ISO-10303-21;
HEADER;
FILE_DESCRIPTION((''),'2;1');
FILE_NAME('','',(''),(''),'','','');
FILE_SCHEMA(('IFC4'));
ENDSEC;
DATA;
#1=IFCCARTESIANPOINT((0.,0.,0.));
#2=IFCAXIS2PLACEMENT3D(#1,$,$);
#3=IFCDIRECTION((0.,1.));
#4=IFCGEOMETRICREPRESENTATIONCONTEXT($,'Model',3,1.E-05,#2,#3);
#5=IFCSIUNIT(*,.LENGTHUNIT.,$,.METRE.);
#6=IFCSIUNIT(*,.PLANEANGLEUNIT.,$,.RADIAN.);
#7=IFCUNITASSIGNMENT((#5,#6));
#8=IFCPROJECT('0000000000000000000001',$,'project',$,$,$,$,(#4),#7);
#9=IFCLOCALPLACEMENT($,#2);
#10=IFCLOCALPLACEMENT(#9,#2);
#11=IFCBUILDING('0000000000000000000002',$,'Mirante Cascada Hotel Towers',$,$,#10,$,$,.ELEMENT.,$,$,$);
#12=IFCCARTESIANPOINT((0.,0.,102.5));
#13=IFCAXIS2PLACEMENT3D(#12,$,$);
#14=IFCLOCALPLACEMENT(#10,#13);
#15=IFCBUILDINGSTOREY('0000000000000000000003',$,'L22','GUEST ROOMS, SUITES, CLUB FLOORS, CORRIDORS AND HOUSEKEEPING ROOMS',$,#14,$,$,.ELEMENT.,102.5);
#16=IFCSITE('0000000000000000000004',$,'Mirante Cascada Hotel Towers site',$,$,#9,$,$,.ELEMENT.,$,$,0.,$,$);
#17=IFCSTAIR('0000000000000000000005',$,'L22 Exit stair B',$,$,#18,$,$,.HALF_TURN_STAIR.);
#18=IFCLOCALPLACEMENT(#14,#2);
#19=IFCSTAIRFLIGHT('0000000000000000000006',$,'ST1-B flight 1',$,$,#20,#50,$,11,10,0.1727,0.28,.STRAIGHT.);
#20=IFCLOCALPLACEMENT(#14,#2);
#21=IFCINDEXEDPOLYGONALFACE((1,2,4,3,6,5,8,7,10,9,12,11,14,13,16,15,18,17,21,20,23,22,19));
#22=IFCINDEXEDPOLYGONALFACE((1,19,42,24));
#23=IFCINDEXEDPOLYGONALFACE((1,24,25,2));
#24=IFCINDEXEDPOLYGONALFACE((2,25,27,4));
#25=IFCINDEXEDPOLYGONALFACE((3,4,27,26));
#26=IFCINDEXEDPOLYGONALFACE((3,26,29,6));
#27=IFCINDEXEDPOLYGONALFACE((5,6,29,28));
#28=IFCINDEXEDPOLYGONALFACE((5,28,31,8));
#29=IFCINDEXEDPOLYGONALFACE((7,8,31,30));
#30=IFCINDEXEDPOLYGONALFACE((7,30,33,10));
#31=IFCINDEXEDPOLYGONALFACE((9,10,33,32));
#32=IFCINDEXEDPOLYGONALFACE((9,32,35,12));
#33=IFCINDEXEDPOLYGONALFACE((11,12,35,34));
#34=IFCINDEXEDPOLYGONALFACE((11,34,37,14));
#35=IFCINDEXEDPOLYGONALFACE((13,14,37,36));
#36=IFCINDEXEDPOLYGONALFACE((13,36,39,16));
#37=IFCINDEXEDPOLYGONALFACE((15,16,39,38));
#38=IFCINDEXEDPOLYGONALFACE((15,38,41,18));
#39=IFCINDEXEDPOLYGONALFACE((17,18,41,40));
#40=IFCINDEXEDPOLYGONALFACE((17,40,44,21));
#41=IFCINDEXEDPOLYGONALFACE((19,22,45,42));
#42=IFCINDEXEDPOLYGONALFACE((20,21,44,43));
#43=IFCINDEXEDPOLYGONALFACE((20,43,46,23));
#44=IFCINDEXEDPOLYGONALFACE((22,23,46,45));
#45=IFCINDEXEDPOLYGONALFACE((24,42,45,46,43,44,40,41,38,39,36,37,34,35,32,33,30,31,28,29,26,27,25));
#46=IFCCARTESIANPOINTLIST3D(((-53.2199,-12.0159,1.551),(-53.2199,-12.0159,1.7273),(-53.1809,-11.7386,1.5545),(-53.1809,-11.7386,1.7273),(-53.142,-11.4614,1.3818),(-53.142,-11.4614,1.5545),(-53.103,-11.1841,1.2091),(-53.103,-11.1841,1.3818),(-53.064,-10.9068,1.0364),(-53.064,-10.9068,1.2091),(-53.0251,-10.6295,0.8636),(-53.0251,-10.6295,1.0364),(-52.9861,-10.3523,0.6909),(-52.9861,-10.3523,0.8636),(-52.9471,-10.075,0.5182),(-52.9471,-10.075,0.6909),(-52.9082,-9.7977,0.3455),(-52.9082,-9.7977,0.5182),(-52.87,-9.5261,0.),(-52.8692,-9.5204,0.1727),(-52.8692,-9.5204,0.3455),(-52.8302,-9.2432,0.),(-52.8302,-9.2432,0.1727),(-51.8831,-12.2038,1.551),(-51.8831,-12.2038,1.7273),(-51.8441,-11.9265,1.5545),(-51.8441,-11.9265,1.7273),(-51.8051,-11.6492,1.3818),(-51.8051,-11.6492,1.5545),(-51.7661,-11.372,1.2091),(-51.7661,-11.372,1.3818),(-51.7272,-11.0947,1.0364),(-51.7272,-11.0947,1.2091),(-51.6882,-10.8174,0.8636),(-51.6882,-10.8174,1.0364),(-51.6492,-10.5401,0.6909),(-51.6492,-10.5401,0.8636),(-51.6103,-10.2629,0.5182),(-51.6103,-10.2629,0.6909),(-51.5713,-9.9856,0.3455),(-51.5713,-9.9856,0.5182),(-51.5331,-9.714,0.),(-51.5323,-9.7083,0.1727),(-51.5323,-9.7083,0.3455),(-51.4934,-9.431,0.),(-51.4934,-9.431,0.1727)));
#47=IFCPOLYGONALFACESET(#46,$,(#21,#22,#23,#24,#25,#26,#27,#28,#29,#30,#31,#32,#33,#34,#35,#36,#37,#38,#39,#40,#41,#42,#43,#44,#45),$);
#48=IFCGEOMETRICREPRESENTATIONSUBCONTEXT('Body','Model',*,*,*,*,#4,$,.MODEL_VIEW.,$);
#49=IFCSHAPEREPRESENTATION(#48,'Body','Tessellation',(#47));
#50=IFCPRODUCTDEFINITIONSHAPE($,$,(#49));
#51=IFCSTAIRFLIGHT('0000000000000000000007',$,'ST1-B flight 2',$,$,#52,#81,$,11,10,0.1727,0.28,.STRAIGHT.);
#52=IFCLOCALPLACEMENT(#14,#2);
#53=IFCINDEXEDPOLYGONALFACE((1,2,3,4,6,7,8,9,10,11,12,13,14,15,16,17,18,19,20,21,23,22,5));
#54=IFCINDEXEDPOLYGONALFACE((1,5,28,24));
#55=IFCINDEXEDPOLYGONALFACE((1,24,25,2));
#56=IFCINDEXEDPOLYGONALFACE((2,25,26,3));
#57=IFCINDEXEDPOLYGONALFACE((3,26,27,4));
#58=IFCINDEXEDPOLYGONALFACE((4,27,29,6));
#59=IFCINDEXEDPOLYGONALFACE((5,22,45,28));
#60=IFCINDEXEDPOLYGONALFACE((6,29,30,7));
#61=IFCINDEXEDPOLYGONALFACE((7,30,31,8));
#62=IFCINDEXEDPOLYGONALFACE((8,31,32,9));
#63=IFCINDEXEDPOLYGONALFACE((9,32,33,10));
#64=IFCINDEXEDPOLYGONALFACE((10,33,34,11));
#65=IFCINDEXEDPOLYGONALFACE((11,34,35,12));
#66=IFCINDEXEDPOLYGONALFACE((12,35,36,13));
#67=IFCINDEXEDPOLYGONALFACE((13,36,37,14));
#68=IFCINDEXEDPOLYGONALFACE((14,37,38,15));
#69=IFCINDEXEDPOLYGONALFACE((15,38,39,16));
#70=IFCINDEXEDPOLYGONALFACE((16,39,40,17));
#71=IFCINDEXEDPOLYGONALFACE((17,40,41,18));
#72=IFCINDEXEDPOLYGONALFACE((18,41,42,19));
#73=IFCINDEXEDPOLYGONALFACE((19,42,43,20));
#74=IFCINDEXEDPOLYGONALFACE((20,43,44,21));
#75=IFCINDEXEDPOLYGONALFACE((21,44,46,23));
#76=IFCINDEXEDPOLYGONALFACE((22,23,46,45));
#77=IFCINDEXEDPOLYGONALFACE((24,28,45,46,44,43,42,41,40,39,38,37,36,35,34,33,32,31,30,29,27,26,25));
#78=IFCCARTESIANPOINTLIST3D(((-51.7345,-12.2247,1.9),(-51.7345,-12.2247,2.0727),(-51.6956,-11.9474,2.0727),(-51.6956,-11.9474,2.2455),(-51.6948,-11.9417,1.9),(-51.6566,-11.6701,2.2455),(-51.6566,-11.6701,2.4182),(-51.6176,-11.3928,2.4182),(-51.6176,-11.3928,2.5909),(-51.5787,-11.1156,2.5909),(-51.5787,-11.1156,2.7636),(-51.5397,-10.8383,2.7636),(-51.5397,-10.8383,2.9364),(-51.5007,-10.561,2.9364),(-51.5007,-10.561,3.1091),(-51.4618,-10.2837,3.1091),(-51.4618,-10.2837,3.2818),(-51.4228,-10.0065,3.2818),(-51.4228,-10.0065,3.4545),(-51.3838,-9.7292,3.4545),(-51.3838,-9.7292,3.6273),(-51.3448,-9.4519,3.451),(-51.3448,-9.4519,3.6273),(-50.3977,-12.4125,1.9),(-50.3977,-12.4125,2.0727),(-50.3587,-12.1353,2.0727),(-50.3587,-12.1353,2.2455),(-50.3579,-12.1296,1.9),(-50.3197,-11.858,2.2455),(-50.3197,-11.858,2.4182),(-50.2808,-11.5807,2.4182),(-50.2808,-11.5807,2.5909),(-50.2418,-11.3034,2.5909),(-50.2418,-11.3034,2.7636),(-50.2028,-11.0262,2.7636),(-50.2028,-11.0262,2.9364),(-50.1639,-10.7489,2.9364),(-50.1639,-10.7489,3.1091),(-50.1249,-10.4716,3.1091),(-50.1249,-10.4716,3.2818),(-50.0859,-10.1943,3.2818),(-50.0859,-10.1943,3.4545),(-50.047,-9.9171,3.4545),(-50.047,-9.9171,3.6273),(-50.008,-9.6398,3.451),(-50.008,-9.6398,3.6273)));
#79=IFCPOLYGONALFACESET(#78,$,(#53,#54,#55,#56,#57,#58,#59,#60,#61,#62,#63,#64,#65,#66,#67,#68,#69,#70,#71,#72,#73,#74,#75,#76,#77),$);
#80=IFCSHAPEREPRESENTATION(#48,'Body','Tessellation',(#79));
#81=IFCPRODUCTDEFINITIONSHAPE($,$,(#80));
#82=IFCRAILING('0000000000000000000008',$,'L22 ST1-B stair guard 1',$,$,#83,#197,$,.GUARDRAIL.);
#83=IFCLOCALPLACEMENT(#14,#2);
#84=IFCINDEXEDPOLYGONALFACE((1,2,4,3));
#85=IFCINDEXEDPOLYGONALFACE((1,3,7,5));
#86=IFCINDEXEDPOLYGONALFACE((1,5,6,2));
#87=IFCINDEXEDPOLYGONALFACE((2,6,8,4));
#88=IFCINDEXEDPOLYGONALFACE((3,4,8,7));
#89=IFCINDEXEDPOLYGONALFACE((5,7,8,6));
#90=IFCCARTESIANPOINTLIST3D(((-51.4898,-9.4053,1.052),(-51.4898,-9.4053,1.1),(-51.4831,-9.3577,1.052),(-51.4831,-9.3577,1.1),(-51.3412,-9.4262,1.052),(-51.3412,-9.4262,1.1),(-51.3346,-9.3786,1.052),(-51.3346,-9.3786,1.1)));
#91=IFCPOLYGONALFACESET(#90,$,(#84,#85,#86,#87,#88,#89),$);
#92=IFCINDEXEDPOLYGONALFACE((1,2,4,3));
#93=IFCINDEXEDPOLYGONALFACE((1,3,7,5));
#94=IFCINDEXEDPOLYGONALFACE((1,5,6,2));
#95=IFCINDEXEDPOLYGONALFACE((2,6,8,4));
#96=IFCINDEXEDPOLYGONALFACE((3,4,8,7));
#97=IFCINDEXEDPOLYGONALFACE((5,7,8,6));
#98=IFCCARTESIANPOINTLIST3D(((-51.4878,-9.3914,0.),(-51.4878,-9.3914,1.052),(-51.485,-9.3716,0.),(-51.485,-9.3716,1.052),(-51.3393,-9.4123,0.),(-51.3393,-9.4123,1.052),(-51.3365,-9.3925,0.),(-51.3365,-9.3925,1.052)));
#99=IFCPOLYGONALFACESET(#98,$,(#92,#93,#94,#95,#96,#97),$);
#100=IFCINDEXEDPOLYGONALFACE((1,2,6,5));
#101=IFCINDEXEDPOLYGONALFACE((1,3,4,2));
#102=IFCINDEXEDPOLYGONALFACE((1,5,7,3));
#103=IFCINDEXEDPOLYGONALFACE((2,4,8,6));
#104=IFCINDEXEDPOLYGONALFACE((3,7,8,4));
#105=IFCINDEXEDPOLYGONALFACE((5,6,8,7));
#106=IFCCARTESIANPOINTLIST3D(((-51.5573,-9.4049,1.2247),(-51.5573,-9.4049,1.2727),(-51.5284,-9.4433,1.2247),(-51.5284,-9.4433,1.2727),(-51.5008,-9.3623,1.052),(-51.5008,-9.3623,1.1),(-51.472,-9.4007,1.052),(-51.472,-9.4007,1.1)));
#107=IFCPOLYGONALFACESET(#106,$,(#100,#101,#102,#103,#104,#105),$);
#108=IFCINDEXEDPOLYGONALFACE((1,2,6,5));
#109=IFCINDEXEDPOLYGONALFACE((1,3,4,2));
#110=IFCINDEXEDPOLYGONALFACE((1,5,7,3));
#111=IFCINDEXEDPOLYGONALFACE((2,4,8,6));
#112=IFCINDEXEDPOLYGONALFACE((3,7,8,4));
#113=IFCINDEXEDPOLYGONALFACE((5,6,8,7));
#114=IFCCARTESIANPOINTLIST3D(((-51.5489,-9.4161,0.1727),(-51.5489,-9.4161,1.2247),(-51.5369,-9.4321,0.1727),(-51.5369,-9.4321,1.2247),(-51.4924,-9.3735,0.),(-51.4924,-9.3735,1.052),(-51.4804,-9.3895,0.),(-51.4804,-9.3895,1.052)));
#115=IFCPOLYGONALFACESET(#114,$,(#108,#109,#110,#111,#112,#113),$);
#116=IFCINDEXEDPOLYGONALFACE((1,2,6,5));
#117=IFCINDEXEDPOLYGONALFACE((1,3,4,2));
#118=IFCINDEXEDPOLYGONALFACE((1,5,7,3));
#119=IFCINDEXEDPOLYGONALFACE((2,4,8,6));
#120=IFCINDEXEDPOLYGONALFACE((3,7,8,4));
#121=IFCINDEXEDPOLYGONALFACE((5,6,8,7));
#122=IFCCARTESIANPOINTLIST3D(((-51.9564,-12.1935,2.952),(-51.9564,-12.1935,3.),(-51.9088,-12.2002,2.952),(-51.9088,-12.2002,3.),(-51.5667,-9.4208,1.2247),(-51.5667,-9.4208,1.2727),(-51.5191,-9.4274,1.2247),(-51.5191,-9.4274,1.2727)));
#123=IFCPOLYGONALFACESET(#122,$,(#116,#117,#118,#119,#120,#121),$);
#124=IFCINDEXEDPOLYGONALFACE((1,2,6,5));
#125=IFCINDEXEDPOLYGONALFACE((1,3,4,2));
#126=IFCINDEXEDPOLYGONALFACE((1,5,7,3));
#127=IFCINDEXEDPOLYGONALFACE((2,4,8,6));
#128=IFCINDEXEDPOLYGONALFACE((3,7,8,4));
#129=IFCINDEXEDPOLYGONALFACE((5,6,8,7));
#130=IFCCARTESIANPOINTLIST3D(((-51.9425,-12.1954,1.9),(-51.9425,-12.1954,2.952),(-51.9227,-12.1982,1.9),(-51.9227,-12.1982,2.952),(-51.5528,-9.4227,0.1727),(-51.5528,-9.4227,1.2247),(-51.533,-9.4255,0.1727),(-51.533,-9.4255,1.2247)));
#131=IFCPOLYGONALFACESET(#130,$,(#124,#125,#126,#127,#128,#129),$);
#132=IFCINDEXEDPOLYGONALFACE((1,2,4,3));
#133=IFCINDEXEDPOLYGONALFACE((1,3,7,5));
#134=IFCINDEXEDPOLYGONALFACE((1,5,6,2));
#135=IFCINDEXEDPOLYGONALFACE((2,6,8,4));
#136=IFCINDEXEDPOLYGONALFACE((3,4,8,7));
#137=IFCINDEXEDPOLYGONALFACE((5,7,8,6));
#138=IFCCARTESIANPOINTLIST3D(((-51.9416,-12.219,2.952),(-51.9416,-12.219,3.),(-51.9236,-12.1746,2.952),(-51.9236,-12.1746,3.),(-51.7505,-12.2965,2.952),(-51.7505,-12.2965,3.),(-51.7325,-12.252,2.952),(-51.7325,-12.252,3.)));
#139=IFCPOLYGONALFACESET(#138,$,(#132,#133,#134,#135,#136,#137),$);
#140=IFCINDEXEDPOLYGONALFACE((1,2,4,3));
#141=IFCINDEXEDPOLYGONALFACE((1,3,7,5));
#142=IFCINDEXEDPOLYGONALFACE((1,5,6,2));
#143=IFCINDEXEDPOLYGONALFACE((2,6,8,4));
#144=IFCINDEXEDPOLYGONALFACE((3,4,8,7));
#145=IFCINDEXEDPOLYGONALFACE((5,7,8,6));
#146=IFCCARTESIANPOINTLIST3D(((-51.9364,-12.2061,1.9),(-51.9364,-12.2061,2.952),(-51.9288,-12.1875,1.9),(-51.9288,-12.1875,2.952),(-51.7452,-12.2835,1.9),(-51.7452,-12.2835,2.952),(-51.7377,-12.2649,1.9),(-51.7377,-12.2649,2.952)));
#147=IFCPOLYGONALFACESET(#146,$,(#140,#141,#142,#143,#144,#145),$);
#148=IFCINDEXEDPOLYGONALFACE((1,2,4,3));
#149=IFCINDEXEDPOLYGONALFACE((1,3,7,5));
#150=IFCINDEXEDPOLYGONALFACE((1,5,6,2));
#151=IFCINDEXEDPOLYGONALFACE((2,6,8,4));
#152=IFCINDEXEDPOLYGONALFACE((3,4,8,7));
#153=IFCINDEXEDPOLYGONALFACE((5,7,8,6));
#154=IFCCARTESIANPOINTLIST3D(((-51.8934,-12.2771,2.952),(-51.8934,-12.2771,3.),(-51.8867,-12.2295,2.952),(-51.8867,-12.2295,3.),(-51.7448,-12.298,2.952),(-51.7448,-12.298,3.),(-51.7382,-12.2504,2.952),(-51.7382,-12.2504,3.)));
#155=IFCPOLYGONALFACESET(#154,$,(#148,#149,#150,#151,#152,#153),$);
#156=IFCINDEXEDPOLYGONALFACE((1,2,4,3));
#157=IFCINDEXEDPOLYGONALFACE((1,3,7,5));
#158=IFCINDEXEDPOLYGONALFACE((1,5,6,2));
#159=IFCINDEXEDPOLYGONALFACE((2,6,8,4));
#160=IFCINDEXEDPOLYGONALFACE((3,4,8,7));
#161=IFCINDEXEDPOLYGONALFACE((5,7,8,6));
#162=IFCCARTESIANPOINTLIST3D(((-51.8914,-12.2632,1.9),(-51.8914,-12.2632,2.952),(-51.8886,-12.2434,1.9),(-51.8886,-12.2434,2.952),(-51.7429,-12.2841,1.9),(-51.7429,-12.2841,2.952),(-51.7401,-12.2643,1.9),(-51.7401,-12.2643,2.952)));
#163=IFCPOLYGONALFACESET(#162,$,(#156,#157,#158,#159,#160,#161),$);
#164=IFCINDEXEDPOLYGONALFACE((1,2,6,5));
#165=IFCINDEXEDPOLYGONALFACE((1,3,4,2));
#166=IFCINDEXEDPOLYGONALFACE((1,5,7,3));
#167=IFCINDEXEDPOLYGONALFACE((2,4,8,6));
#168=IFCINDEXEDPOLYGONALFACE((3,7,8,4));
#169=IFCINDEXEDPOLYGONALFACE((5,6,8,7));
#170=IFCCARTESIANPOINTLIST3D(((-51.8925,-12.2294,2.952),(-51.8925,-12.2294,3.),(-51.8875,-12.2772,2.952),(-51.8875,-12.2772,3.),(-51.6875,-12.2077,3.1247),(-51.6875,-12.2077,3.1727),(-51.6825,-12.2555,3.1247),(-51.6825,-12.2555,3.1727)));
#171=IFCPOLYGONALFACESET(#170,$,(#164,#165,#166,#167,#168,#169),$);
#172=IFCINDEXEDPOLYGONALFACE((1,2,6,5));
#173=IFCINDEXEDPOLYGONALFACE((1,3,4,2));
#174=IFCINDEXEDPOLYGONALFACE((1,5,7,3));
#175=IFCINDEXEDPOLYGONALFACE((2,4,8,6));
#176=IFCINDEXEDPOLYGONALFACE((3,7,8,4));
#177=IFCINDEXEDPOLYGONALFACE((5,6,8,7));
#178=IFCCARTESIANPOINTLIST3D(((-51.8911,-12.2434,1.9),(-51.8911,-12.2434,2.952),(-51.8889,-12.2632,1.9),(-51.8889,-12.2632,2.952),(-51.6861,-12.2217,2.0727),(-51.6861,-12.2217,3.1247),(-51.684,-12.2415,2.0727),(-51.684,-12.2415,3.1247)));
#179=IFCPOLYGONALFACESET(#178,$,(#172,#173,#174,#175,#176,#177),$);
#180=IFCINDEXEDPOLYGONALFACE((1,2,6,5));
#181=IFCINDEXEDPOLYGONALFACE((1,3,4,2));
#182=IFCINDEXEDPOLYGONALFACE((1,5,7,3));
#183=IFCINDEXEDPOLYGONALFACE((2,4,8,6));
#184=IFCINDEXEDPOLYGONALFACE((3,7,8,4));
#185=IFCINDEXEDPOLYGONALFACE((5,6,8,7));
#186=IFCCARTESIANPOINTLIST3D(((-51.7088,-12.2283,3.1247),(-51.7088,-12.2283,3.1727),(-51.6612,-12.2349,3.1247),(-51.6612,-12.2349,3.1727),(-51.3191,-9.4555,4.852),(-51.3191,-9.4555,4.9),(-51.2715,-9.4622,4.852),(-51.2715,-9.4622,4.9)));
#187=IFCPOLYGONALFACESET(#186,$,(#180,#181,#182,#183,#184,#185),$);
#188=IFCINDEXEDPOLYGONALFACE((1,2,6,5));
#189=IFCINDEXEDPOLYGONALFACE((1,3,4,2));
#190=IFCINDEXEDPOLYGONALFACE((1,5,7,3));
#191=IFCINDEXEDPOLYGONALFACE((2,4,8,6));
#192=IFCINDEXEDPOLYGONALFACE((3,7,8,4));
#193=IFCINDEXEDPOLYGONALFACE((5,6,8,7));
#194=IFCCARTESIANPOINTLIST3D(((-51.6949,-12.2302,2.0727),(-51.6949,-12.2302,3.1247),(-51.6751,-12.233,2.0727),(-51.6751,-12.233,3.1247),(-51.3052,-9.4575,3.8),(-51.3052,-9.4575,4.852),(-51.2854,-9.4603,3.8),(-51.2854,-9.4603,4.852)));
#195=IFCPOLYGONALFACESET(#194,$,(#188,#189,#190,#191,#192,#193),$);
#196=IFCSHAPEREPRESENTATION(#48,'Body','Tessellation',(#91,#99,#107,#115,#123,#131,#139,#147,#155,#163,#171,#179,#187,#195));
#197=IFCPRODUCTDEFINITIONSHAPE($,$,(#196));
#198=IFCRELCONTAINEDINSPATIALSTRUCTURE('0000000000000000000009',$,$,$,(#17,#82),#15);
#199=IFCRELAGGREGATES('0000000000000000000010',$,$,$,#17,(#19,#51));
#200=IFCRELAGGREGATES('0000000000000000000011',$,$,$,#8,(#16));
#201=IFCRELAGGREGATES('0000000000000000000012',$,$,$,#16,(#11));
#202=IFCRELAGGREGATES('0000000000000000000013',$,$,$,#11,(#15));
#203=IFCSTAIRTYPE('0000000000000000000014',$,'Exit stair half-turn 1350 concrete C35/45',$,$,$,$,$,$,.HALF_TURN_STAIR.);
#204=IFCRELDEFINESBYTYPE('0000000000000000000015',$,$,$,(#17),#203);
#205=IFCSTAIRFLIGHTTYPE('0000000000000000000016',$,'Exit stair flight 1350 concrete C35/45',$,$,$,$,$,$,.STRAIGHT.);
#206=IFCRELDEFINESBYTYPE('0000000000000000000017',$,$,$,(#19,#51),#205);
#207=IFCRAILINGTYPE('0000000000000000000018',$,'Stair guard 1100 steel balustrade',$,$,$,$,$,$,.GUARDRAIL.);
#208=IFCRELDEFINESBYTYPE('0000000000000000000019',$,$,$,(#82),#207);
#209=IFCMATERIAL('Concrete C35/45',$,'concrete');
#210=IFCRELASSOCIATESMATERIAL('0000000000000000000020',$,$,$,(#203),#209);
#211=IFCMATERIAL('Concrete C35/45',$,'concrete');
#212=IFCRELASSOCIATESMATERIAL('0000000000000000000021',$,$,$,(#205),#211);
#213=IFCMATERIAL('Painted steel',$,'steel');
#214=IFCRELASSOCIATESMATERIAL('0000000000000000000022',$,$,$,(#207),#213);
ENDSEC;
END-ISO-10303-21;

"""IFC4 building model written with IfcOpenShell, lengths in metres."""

from ifc_helpers import new_model, si_unit, direction, frame, origin, origin_2d, place, context, subcontext, project, spatial, polyline, rectangle, outline, extrude, material, type_object, element, aggregate, save


model = new_model("IFC4")

# Units and contexts
model_context = context("Model", 3, precision=1e-05, world=origin(), true_north=direction((0.0, 1.0)))
body_context = subcontext(model_context, "Body", "Model", "MODEL_VIEW")
ifc_project = project(units=[si_unit("LENGTHUNIT", "METRE"), si_unit("PLANEANGLEUNIT", "RADIAN")], contexts=[model_context])

# Site, building, storey
site_placement = place(None, origin())
site = spatial("IfcSite", under=ifc_project, at=site_placement, Name="Mirante Cascada Hotel Towers site", CompositionType="ELEMENT", RefElevation=0.0)
building_placement = place(site_placement, origin())
building = spatial("IfcBuilding", under=site, at=building_placement, Name="Mirante Cascada Hotel Towers", CompositionType="ELEMENT")
storey_placement = place(building_placement, frame((0.0, 0.0, 102.5)))
storey = spatial("IfcBuildingStorey", under=building, at=storey_placement, Name="L22", Description="GUEST ROOMS, SUITES, CLUB FLOORS, CORRIDORS AND HOUSEKEEPING ROOMS", CompositionType="ELEMENT", Elevation=102.5)

# Stair, stair flights
ifc_material_1 = material(Name="Concrete C35/45", Category="concrete")
stair_type = type_object("IfcStairType", Name="Exit stair half-turn 1350 concrete C35/45", PredefinedType="HALF_TURN_STAIR", material=ifc_material_1)
stair_placement = place(storey_placement, origin())
stair = element("IfcStair", 1, at=stair_placement, inside=storey, type_object=stair_type, Name="L22 Exit stair B", PredefinedType="HALF_TURN_STAIR")
ifc_material_2 = material(Name="Concrete C35/45", Category="concrete")
stair_flight_type = type_object("IfcStairFlightType", Name="Exit stair flight 1350 concrete C35/45", PredefinedType="STRAIGHT", material=ifc_material_2)
stair_flight_1_placement = place(storey_placement, frame((-52.1618, -9.3371, 0.0), z_axis=(0.0, 0.0, 1.0), x_axis=(-0.139173, -0.990268, 0.0)))
stair_flight_1 = element("IfcStairFlight", 2, at=stair_flight_1_placement, type_object=stair_flight_type, Name="ST1-B flight 1", NumberOfRisers=11, NumberOfTreads=10, PredefinedType="STRAIGHT", RiserHeight=0.1727, TreadLength=0.28, context=body_context, shape_type="SweptSolid", body=[
    extrude(outline(polyline([(0.0, 0.0), (0.0, 0.1727), (0.28, 0.1727), (0.28, 0.3455), (0.56, 0.3455), (0.56, 0.5182), (0.84, 0.5182), (0.84, 0.6909), (1.12, 0.6909), (1.12, 0.8636), (1.4, 0.8636), (1.4, 1.0364), (1.68, 1.0364), (1.68, 1.2091), (1.96, 1.2091), (1.96, 1.3818), (2.24, 1.3818), (2.24, 1.5545), (2.52, 1.5545), (2.52, 1.7273), (2.8, 1.7273), (2.8, 1.9), (2.8, 1.551), (0.2857, 0.0), (0.0, 0.0)])), frame((0.0, 0.675, 0.0), z_axis=(0.0, -1.0, 0.0), x_axis=(1.0, 0.0, 0.0)), (0.0, 0.0, 1.0), 1.35),
])
stair_flight_2_placement = place(storey_placement, frame((-51.0661, -12.3186, 1.9), z_axis=(0.0, 0.0, 1.0), x_axis=(0.139173, 0.990268, 0.0)))
stair_flight_2 = element("IfcStairFlight", 3, at=stair_flight_2_placement, type_object=stair_flight_type, Name="ST1-B flight 2", NumberOfRisers=11, NumberOfTreads=10, PredefinedType="STRAIGHT", RiserHeight=0.1727, TreadLength=0.28, context=body_context, shape_type="SweptSolid", body=[
    extrude(outline(polyline([(0.0, 0.0), (0.0, 0.1727), (0.28, 0.1727), (0.28, 0.3455), (0.56, 0.3455), (0.56, 0.5182), (0.84, 0.5182), (0.84, 0.6909), (1.12, 0.6909), (1.12, 0.8636), (1.4, 0.8636), (1.4, 1.0364), (1.68, 1.0364), (1.68, 1.2091), (1.96, 1.2091), (1.96, 1.3818), (2.24, 1.3818), (2.24, 1.5545), (2.52, 1.5545), (2.52, 1.7273), (2.8, 1.7273), (2.8, 1.9), (2.8, 1.551), (0.2857, 0.0), (0.0, 0.0)])), frame((0.0, 0.675, 0.0), z_axis=(0.0, -1.0, 0.0), x_axis=(1.0, 0.0, 0.0)), (0.0, 0.0, 1.0), 1.35),
])
aggregate(stair, [stair_flight_1, stair_flight_2])

# Railing
ifc_material_3 = material(Name="Painted steel", Category="steel")
railing_type_1 = type_object("IfcRailingType", Name="Stair guard 1100 steel balustrade", PredefinedType="GUARDRAIL", material=ifc_material_3)
railing_1_placement = place(storey_placement, frame((-51.3379, -9.4024, 0.0)))
element("IfcRailing", 4, at=railing_1_placement, inside=storey, type_object=railing_type_1, Name="L22 ST1-B stair guard 1", PredefinedType="GUARDRAIL", context=body_context, shape_type="SweptSolid", body=[
    extrude(rectangle(XDim=0.048, YDim=0.048, at=origin_2d()), frame((0.0, 0.0, 1.076), z_axis=(-0.990241, 0.139367, 0.0), x_axis=(-0.139367, -0.990241, 0.0)), (0.0, 0.0, 1.0), 0.15),
    extrude(rectangle(XDim=0.02, YDim=1.052, at=origin_2d()), frame((0.0, 0.0, 0.526), z_axis=(-0.990241, 0.139367, 0.0), x_axis=(-0.139367, -0.990241, 0.0)), (0.0, 0.0, 1.0), 0.15),
    extrude(rectangle(XDim=0.048, YDim=0.048, at=origin_2d()), frame((-0.1485, 0.0209, 1.076), z_axis=(-0.798471, -0.602033, 0.0), x_axis=(0.602033, -0.798471, 0.0)), (0.0, 0.92534, 0.379139), 0.1866),
    extrude(rectangle(XDim=0.02, YDim=1.052, at=origin_2d()), frame((-0.1485, 0.0209, 0.526), z_axis=(-0.798471, -0.602033, 0.0), x_axis=(0.602033, -0.798471, 0.0)), (0.0, 0.92534, 0.379139), 0.1866),
    extrude(rectangle(XDim=0.048, YDim=0.048, at=origin_2d()), frame((-0.205, -0.0217, 1.2487), z_axis=(-0.139181, -0.990267, 0.0), x_axis=(0.990267, -0.139181, 0.0)), (0.0, 0.525035, 0.851081), 3.2899),
    extrude(rectangle(XDim=0.02, YDim=1.052, at=origin_2d()), frame((-0.205, -0.0217, 0.6987), z_axis=(-0.139181, -0.990267, 0.0), x_axis=(0.990267, -0.139181, 0.0)), (0.0, 0.525035, 0.851081), 3.2899),
    extrude(rectangle(XDim=0.048, YDim=0.048, at=origin_2d()), frame((-0.5947, -2.7944, 2.976), z_axis=(0.926862, -0.375401, 0.0), x_axis=(0.375401, 0.926862, 0.0)), (0.0, 0.0, 1.0), 0.2062),
    extrude(rectangle(XDim=0.02, YDim=1.052, at=origin_2d()), frame((-0.5947, -2.7944, 2.426), z_axis=(0.926862, -0.375401, 0.0), x_axis=(0.375401, 0.926862, 0.0)), (0.0, 0.0, 1.0), 0.2062),
    extrude(rectangle(XDim=0.048, YDim=0.048, at=origin_2d()), frame((-0.4036, -2.8718, 2.976), z_axis=(-0.990241, 0.139367, 0.0), x_axis=(-0.139367, -0.990241, 0.0)), (0.0, 0.0, 1.0), 0.15),
    extrude(rectangle(XDim=0.02, YDim=1.052, at=origin_2d()), frame((-0.4036, -2.8718, 2.426), z_axis=(-0.990241, 0.139367, 0.0), x_axis=(-0.139367, -0.990241, 0.0)), (0.0, 0.0, 1.0), 0.15),
    extrude(rectangle(XDim=0.048, YDim=0.048, at=origin_2d()), frame((-0.5521, -2.8509, 2.976), z_axis=(0.994444, 0.105266, 0.0), x_axis=(-0.105266, 0.994444, 0.0)), (0.0, 0.642184, 0.76655), 0.2689),
    extrude(rectangle(XDim=0.02, YDim=1.052, at=origin_2d()), frame((-0.5521, -2.8509, 2.426), z_axis=(0.994444, 0.105266, 0.0), x_axis=(-0.105266, 0.994444, 0.0)), (0.0, 0.642184, 0.76655), 0.2689),
    extrude(rectangle(XDim=0.048, YDim=0.048, at=origin_2d()), frame((-0.3471, -2.8292, 3.1487), z_axis=(0.139181, 0.990267, 0.0), x_axis=(-0.990267, 0.139181, 0.0)), (0.0, 0.525035, 0.851081), 3.2899),
    extrude(rectangle(XDim=0.02, YDim=1.052, at=origin_2d()), frame((-0.3471, -2.8292, 2.5987), z_axis=(0.139181, 0.990267, 0.0), x_axis=(-0.990267, 0.139181, 0.0)), (0.0, 0.525035, 0.851081), 3.2899),
])

save(model, "model.ifc")
